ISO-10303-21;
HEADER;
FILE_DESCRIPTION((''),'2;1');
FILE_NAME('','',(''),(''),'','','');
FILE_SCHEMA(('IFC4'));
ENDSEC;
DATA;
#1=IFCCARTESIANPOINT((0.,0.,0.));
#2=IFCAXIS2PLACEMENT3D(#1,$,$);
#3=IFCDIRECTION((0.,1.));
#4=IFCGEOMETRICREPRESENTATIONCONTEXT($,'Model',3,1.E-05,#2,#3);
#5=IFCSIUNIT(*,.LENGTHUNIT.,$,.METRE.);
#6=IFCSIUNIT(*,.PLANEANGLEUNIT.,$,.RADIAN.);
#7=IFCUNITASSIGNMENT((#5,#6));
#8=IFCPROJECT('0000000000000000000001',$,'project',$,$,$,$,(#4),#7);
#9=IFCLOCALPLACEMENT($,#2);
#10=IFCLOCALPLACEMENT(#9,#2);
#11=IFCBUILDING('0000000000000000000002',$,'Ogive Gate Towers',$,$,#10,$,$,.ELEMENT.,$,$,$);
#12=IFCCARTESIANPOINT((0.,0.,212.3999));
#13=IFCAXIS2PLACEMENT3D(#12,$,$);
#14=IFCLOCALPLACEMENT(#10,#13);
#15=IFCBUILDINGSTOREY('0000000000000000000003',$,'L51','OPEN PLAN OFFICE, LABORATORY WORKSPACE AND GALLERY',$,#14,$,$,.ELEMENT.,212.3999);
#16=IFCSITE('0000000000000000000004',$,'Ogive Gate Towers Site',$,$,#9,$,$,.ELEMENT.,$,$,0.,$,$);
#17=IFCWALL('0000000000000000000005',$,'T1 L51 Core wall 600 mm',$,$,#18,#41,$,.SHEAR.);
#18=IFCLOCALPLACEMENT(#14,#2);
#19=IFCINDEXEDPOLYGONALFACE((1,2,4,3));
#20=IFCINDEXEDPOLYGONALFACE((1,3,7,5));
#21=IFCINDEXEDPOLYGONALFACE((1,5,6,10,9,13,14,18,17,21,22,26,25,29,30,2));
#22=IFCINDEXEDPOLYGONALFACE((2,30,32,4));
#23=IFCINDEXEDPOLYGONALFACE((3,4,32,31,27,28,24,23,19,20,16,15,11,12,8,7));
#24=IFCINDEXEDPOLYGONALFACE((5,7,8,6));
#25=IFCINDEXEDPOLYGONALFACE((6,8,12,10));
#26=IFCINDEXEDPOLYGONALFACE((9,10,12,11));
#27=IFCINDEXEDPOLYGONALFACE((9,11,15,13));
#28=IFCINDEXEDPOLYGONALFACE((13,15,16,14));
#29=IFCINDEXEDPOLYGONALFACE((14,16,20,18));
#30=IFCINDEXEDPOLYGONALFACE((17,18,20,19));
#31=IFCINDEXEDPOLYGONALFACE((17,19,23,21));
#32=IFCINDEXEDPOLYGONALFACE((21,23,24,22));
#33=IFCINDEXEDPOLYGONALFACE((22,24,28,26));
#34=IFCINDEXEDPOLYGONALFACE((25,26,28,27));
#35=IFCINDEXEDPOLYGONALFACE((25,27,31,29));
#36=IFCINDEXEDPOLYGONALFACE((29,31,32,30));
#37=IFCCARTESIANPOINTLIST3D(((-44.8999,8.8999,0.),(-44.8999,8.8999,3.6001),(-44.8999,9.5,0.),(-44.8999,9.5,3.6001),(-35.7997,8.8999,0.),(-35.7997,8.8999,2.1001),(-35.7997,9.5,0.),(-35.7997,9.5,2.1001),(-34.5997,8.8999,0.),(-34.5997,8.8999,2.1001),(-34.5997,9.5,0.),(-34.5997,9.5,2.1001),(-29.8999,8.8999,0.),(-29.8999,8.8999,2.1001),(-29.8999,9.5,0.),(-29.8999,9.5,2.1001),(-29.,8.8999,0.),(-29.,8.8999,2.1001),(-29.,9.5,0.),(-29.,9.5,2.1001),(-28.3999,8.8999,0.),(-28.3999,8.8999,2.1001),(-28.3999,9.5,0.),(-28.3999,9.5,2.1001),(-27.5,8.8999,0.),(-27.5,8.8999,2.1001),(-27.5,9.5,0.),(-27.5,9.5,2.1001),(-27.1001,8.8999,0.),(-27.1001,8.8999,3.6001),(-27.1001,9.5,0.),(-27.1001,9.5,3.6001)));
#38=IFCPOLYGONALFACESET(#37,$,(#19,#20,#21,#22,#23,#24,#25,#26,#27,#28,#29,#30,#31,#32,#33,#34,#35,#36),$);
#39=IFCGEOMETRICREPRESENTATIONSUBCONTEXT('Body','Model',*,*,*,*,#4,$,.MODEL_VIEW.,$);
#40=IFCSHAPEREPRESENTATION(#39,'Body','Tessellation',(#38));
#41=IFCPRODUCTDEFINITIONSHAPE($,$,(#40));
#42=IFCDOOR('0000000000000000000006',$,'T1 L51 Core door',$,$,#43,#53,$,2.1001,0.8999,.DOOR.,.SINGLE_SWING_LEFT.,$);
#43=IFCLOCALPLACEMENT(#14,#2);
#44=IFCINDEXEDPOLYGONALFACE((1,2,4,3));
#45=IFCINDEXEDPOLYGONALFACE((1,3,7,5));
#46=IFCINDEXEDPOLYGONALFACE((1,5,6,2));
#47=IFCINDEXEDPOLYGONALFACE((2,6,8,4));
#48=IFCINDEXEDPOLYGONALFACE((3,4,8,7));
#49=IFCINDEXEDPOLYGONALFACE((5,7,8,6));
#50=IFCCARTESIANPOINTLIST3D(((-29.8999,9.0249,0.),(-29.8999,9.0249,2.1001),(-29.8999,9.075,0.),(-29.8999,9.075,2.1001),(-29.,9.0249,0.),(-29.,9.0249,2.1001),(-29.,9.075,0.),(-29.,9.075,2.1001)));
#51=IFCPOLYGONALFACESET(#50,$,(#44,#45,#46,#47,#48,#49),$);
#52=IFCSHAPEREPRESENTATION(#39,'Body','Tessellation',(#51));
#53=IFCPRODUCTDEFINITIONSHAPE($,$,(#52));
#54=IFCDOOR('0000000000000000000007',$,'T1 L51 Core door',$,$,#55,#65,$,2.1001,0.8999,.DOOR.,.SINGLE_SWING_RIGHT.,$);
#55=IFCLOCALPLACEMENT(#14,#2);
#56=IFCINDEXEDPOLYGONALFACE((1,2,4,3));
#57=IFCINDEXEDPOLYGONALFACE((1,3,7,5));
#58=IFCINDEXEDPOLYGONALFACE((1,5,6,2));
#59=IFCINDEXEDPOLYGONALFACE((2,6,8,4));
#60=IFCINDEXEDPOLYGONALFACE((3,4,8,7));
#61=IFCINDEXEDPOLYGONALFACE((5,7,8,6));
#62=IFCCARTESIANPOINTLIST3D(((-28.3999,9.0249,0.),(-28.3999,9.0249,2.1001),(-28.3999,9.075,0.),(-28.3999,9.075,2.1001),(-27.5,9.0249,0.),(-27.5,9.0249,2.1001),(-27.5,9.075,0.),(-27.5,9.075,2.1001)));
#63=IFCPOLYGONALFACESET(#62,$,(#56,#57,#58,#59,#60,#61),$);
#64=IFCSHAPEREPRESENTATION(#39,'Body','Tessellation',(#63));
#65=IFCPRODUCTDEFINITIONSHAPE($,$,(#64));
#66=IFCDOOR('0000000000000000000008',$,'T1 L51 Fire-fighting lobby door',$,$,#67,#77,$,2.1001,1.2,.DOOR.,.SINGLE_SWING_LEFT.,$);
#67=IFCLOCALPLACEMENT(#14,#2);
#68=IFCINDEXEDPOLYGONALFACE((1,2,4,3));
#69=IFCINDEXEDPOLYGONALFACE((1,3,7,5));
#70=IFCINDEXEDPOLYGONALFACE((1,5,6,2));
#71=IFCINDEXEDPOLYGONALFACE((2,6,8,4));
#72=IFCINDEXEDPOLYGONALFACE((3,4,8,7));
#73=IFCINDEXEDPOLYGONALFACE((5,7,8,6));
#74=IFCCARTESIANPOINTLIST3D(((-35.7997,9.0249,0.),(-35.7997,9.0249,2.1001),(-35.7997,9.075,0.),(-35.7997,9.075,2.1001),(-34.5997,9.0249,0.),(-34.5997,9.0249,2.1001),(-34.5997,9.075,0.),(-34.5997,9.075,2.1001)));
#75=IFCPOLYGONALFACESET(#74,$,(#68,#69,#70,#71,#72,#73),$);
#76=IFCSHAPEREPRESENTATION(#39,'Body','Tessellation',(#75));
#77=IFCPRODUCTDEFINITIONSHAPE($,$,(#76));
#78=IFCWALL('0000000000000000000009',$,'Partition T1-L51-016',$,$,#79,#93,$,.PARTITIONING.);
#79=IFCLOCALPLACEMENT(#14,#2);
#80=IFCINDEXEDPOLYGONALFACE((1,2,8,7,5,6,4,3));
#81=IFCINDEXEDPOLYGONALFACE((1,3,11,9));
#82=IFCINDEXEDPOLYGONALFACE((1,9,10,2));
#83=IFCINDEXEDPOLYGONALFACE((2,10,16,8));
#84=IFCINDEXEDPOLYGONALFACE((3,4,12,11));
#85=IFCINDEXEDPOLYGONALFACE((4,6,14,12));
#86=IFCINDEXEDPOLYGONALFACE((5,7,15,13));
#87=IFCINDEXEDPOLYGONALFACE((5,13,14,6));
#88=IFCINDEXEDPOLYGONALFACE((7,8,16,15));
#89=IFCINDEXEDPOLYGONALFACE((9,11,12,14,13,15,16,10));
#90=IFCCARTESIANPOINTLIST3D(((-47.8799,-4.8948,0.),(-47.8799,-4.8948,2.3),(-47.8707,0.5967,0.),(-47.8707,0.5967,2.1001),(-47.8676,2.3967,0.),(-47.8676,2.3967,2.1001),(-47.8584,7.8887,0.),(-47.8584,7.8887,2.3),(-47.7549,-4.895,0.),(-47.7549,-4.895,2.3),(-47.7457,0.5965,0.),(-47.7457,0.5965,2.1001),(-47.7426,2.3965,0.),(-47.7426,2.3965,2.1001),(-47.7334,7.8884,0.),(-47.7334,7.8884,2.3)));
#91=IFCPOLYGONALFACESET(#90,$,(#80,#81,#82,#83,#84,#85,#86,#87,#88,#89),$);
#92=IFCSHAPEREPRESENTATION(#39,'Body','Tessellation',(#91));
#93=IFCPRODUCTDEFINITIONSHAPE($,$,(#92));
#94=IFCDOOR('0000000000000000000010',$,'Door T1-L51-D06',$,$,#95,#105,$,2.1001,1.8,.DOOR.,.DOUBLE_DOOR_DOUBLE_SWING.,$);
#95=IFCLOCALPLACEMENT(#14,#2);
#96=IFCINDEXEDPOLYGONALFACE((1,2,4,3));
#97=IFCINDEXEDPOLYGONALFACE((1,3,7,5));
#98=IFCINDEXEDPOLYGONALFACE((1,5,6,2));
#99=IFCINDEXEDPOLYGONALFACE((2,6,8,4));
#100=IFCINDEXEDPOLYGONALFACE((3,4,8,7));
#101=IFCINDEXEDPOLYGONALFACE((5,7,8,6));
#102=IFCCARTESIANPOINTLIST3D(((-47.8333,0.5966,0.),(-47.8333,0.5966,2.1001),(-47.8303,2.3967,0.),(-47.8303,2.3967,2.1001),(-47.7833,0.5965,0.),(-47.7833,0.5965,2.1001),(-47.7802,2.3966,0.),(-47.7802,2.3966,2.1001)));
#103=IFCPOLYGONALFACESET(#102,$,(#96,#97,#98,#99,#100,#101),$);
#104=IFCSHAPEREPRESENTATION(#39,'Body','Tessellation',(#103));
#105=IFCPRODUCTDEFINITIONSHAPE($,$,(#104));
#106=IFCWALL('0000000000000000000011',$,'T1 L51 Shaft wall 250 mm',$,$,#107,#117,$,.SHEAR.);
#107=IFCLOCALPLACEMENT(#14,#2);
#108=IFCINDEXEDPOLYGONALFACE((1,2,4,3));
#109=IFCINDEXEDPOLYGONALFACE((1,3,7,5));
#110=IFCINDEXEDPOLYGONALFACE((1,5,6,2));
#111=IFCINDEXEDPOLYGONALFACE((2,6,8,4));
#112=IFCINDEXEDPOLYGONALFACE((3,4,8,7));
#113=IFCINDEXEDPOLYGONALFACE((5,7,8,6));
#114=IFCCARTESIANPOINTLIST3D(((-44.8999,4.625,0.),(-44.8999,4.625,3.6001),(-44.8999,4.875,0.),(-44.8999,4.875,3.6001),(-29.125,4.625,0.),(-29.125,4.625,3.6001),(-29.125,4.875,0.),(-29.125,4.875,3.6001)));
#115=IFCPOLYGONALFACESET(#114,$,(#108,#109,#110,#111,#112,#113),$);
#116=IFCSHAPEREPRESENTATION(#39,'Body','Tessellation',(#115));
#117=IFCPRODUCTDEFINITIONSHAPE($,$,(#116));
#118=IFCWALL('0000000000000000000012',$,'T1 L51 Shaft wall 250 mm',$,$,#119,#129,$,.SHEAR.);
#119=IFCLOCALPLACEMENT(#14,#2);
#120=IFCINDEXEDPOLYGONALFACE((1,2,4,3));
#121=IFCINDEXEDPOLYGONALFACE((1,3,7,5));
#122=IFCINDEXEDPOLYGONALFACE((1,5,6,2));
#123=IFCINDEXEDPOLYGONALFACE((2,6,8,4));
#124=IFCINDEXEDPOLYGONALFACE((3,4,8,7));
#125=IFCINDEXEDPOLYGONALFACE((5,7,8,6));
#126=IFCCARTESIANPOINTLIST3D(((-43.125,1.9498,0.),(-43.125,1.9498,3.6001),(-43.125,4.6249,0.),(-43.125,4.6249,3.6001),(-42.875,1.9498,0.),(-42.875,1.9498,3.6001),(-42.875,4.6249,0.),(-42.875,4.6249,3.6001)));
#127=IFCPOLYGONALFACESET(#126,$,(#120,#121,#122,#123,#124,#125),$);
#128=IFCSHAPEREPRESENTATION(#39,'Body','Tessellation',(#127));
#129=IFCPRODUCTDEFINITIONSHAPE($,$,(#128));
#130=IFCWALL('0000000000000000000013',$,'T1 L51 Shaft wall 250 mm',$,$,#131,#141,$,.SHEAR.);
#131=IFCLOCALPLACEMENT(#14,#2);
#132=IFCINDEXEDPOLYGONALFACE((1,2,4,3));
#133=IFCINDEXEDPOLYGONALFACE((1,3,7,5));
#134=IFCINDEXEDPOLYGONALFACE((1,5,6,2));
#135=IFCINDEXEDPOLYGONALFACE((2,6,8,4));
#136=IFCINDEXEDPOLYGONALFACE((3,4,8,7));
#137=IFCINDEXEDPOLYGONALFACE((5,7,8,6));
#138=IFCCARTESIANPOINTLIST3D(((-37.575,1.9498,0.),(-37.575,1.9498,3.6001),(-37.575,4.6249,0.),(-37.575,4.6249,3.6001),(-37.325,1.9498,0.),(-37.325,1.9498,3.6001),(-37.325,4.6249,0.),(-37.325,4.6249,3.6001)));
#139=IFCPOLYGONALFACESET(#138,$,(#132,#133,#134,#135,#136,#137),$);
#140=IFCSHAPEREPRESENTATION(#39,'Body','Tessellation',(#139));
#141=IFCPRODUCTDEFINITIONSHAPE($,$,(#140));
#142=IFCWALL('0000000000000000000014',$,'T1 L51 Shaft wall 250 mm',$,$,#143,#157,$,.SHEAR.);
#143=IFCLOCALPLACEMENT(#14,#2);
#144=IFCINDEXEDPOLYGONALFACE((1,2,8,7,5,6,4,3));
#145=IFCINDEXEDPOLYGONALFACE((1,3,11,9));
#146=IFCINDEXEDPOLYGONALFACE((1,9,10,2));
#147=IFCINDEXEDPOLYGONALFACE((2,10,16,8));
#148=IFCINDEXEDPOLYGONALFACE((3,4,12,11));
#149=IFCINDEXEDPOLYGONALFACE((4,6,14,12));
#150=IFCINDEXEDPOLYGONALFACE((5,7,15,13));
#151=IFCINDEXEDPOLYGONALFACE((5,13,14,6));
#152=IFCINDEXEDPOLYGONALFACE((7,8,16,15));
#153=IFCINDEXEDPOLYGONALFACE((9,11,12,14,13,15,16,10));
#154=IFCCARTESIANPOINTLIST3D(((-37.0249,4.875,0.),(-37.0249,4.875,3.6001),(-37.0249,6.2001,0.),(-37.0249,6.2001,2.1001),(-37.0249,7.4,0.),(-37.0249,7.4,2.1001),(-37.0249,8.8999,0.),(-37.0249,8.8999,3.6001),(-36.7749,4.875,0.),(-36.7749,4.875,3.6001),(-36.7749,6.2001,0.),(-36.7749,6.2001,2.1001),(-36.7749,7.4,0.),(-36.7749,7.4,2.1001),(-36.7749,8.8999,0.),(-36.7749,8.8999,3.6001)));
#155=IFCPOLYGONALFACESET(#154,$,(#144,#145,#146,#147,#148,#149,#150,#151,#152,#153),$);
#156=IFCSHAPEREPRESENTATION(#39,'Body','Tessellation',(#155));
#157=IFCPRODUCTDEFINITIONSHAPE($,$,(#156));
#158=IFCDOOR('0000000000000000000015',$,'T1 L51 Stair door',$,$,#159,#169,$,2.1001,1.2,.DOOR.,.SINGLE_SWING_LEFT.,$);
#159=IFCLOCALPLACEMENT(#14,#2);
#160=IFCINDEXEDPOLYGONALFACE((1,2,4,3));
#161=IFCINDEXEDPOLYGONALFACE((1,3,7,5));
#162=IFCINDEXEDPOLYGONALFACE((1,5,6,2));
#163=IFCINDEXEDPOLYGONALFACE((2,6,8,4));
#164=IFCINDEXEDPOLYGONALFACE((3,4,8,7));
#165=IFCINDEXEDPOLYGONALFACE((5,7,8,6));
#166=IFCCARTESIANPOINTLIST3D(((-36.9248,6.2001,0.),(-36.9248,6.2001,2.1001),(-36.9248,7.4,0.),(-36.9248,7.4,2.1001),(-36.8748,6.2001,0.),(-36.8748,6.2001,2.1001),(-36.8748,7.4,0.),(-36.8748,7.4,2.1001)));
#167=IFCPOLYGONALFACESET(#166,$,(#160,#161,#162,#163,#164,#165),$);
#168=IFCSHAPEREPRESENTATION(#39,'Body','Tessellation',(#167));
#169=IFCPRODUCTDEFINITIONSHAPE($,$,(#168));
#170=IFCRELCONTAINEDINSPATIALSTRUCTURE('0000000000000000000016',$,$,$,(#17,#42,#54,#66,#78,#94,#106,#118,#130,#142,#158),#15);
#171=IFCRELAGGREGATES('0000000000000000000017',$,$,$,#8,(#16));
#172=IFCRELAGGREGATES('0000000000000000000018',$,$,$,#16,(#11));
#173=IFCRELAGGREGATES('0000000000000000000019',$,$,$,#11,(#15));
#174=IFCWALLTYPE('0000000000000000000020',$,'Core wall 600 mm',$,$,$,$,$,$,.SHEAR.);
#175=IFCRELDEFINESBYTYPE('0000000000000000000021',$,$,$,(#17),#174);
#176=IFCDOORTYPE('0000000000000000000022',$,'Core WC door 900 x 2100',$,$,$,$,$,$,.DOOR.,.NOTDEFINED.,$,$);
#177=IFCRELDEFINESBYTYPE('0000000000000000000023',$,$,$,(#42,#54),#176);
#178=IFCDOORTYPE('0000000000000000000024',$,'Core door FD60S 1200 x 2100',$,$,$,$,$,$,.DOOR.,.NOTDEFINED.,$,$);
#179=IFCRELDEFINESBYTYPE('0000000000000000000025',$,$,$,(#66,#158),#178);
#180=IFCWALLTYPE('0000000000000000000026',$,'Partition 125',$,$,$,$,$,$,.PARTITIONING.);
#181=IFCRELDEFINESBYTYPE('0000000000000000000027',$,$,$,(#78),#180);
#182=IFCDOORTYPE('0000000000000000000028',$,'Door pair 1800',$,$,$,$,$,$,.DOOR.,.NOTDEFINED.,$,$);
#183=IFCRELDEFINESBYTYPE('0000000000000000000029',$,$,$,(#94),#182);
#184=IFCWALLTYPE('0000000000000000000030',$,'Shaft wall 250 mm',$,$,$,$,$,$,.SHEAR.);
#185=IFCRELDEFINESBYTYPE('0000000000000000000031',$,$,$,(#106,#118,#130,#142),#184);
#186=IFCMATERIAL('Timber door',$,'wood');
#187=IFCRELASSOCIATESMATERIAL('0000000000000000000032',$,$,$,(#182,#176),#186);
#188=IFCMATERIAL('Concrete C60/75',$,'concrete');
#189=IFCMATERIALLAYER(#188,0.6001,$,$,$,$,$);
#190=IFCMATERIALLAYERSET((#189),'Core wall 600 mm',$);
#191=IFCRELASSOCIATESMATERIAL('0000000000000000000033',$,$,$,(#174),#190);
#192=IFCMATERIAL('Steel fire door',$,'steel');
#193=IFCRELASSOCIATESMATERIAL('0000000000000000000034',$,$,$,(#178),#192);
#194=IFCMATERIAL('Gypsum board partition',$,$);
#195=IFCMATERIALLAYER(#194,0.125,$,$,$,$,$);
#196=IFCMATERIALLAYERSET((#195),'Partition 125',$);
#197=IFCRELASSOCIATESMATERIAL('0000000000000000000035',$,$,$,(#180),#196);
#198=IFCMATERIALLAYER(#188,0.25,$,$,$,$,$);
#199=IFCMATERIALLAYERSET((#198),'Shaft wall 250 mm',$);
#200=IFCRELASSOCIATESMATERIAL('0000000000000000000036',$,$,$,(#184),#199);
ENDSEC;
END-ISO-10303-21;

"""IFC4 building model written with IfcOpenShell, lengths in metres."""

from ifc_helpers import new_model, si_unit, direction, frame, frame_2d, origin, place, context, subcontext, project, spatial, rectangle, extrude, material, layer, layer_set, type_object, element, fill, save


model = new_model("IFC4")

# Units and contexts
model_context = context("Model", 3, precision=1e-05, world=origin(), true_north=direction((0.0, 1.0)))
body_context = subcontext(model_context, "Body", "Model", "MODEL_VIEW")
ifc_project = project(units=[si_unit("LENGTHUNIT", "METRE"), si_unit("PLANEANGLEUNIT", "RADIAN")], contexts=[model_context])

# Site, building, storey
site_placement = place(None, origin())
site = spatial("IfcSite", under=ifc_project, at=site_placement, Name="Ogive Gate Towers Site", CompositionType="ELEMENT", RefElevation=0.0)
building_placement = place(site_placement, origin())
building = spatial("IfcBuilding", under=site, at=building_placement, Name="Ogive Gate Towers", CompositionType="ELEMENT")
storey_placement = place(building_placement, frame((0.0, 0.0, 212.3999)))
storey = spatial("IfcBuildingStorey", under=building, at=storey_placement, Name="L51", Description="OPEN PLAN OFFICE, LABORATORY WORKSPACE AND GALLERY", CompositionType="ELEMENT", Elevation=212.3999)

# Shared definitions
ifc_material_1 = material(Name="Timber door", Category="wood")
door_type_1 = type_object("IfcDoorType", Name="Door pair 1800", OperationType="NOTDEFINED", PredefinedType="DOOR", material=ifc_material_1)

# Wall, openings, doors
ifc_material_2 = material(Name="Concrete C60/75", Category="concrete")
ifc_layer_1 = layer(ifc_material_2, 0.6001)
ifc_layer_set_1 = layer_set([ifc_layer_1], Name="Core wall 600 mm")
wall_type_1 = type_object("IfcWallType", Name="Core wall 600 mm", PredefinedType="SHEAR", material=ifc_layer_set_1)
wall_1_placement = place(storey_placement, frame((-44.8999, 9.2, 0.0), z_axis=(0.0, 0.0, 1.0), x_axis=(1.0, 0.0, 0.0)))
wall_1 = element("IfcWall", 1, at=wall_1_placement, inside=storey, type_object=wall_type_1, Name="T1 L51 Core wall 600 mm", PredefinedType="SHEAR", context=body_context, shape_type="SweptSolid", body=[
    extrude(rectangle(XDim=17.7998, YDim=0.6001, at=frame_2d((8.8999, 0.0))), origin(), (0.0, 0.0, 1.0), 3.6001),
])
opening_1_placement = place(wall_1_placement, frame((9.1001, 0.0, 0.0)))
opening_1 = element("IfcOpeningElement", 2, at=opening_1_placement, cuts=wall_1, PredefinedType="OPENING", context=body_context, shape_type="SweptSolid", body=[
    extrude(rectangle(XDim=1.2, YDim=2.1001, at=frame_2d((0.6001, 1.05))), frame((0.0, 0.3101, 0.0), z_axis=(0.0, -1.0, 0.0), x_axis=(1.0, 0.0, 0.0)), (0.0, 0.0, 1.0), 0.6201),
])
opening_2_placement = place(wall_1_placement, frame((15.0, 0.0, 0.0)))
opening_2 = element("IfcOpeningElement", 3, at=opening_2_placement, cuts=wall_1, PredefinedType="OPENING", context=body_context, shape_type="SweptSolid", body=[
    extrude(rectangle(XDim=0.8999, YDim=2.1001, at=frame_2d((0.45, 1.05))), frame((0.0, 0.3101, 0.0), z_axis=(0.0, -1.0, 0.0), x_axis=(1.0, 0.0, 0.0)), (0.0, 0.0, 1.0), 0.6201),
])
opening_3_placement = place(wall_1_placement, frame((16.5, 0.0, 0.0)))
opening_3 = element("IfcOpeningElement", 4, at=opening_3_placement, cuts=wall_1, PredefinedType="OPENING", context=body_context, shape_type="SweptSolid", body=[
    extrude(rectangle(XDim=0.8999, YDim=2.1001, at=frame_2d((0.45, 1.05))), frame((0.0, 0.3101, 0.0), z_axis=(0.0, -1.0, 0.0), x_axis=(1.0, 0.0, 0.0)), (0.0, 0.0, 1.0), 0.6201),
])
door_type_2 = type_object("IfcDoorType", Name="Core WC door 900 x 2100", OperationType="NOTDEFINED", PredefinedType="DOOR", material=ifc_material_1)
door_1_placement = place(opening_2_placement, origin())
door_1 = element("IfcDoor", 5, at=door_1_placement, inside=storey, type_object=door_type_2, Name="T1 L51 Core door", OperationType="SINGLE_SWING_LEFT", OverallHeight=2.1001, OverallWidth=0.8999, PredefinedType="DOOR", context=body_context, shape_type="SweptSolid", body=[
    extrude(rectangle(XDim=0.8999, YDim=2.1001, at=frame_2d((0.45, 1.05))), frame((0.0, -0.125, 0.0), z_axis=(0.0, -1.0, 0.0), x_axis=(1.0, 0.0, 0.0)), (0.0, 0.0, 1.0), 0.05),
])
fill(opening_2, door_1)
door_2_placement = place(opening_3_placement, origin())
door_2 = element("IfcDoor", 6, at=door_2_placement, inside=storey, type_object=door_type_2, Name="T1 L51 Core door", OperationType="SINGLE_SWING_RIGHT", OverallHeight=2.1001, OverallWidth=0.8999, PredefinedType="DOOR", context=body_context, shape_type="SweptSolid", body=[
    extrude(rectangle(XDim=0.8999, YDim=2.1001, at=frame_2d((0.45, 1.05))), frame((0.0, -0.125, 0.0), z_axis=(0.0, -1.0, 0.0), x_axis=(1.0, 0.0, 0.0)), (0.0, 0.0, 1.0), 0.05),
])
fill(opening_3, door_2)
ifc_material_3 = material(Name="Steel fire door", Category="steel")
door_type_3 = type_object("IfcDoorType", Name="Core door FD60S 1200 x 2100", OperationType="NOTDEFINED", PredefinedType="DOOR", material=ifc_material_3)
door_3_placement = place(opening_1_placement, origin())
door_3 = element("IfcDoor", 7, at=door_3_placement, inside=storey, type_object=door_type_3, Name="T1 L51 Fire-fighting lobby door", OperationType="SINGLE_SWING_LEFT", OverallHeight=2.1001, OverallWidth=1.2, PredefinedType="DOOR", context=body_context, shape_type="SweptSolid", body=[
    extrude(rectangle(XDim=1.2, YDim=2.1001, at=frame_2d((0.6001, 1.05))), frame((0.0, -0.125, 0.0), z_axis=(0.0, -1.0, 0.0), x_axis=(1.0, 0.0, 0.0)), (0.0, 0.0, 1.0), 0.05),
])
fill(opening_1, door_3)

# Wall, opening, door
ifc_material_4 = material(Name="Gypsum board partition")
ifc_layer_2 = layer(ifc_material_4, 0.125)
ifc_layer_set_2 = layer_set([ifc_layer_2], Name="Partition 125")
wall_type_2 = type_object("IfcWallType", Name="Partition 125", PredefinedType="PARTITIONING", material=ifc_layer_set_2)
wall_2_placement = place(storey_placement, frame((-47.7959, 7.8884, 0.0), z_axis=(0.0, 0.0, 1.0), x_axis=(-0.001681, -0.999999, 0.0)))
wall_2 = element("IfcWall", 8, at=wall_2_placement, inside=storey, type_object=wall_type_2, Name="Partition T1-L51-016", PredefinedType="PARTITIONING", context=body_context, shape_type="SweptSolid", body=[
    extrude(rectangle(XDim=12.7834, YDim=0.125, at=frame_2d((6.3916, 0.0))), origin(), (0.0, 0.0, 1.0), 2.3),
])
opening_4_placement = place(wall_2_placement, frame((5.4919, 0.0, 0.0)))
opening_4 = element("IfcOpeningElement", 9, at=opening_4_placement, cuts=wall_2, PredefinedType="OPENING", context=body_context, shape_type="SweptSolid", body=[
    extrude(rectangle(XDim=1.8, YDim=2.1001, at=frame_2d((0.8999, 1.05))), frame((0.0, 0.0725, 0.0), z_axis=(0.0, -1.0, 0.0), x_axis=(1.0, 0.0, 0.0)), (0.0, 0.0, 1.0), 0.145),
])
door_4_placement = place(opening_4_placement, origin())
door_4 = element("IfcDoor", 10, at=door_4_placement, inside=storey, type_object=door_type_1, Name="Door T1-L51-D06", OperationType="DOUBLE_DOOR_DOUBLE_SWING", OverallHeight=2.1001, OverallWidth=1.8, PredefinedType="DOOR", context=body_context, shape_type="SweptSolid", body=[
    extrude(rectangle(XDim=1.8, YDim=2.1001, at=frame_2d((0.8999, 1.05))), frame((0.0, 0.0249, 0.0), z_axis=(0.0, -1.0, 0.0), x_axis=(1.0, 0.0, 0.0)), (0.0, 0.0, 1.0), 0.05),
])
fill(opening_4, door_4)

# Walls
ifc_layer_3 = layer(ifc_material_2, 0.25)
ifc_layer_set_3 = layer_set([ifc_layer_3], Name="Shaft wall 250 mm")
wall_type_3 = type_object("IfcWallType", Name="Shaft wall 250 mm", PredefinedType="SHEAR", material=ifc_layer_set_3)
wall_3_placement = place(storey_placement, frame((-44.8999, 4.75, 0.0), z_axis=(0.0, 0.0, 1.0), x_axis=(1.0, 0.0, 0.0)))
element("IfcWall", 11, at=wall_3_placement, inside=storey, type_object=wall_type_3, Name="T1 L51 Shaft wall 250 mm", PredefinedType="SHEAR", context=body_context, shape_type="SweptSolid", body=[
    extrude(rectangle(XDim=15.7749, YDim=0.25, at=frame_2d((7.8875, 0.0))), origin(), (0.0, 0.0, 1.0), 3.6001),
])
for number, where, z_axis, x_axis, name in (
    (12, (-43.0, 1.95, 0.0), (0.0, 0.0, 1.0), (0.0, 1.0, 0.0), "T1 L51 Shaft wall 250 mm"),
    (13, (-37.45, 1.95, 0.0), (0.0, 0.0, 1.0), (0.0, 1.0, 0.0), "T1 L51 Shaft wall 250 mm"),
):
    element("IfcWall", number, at=place(storey_placement, frame(where, z_axis=z_axis, x_axis=x_axis)), inside=storey, type_object=wall_type_3, Name=name, PredefinedType="SHEAR", context=body_context, shape_type="SweptSolid", body=[
        extrude(rectangle(XDim=2.675, YDim=0.25, at=frame_2d((1.3374, 0.0))), origin(), (0.0, 0.0, 1.0), 3.6001),
    ])

# Wall, opening, door
wall_4_placement = place(storey_placement, frame((-36.8999, 4.875, 0.0), z_axis=(0.0, 0.0, 1.0), x_axis=(0.0, 1.0, 0.0)))
wall_4 = element("IfcWall", 14, at=wall_4_placement, inside=storey, type_object=wall_type_3, Name="T1 L51 Shaft wall 250 mm", PredefinedType="SHEAR", context=body_context, shape_type="SweptSolid", body=[
    extrude(rectangle(XDim=4.0249, YDim=0.25, at=frame_2d((2.0125, 0.0))), origin(), (0.0, 0.0, 1.0), 3.6001),
])
opening_5_placement = place(wall_4_placement, frame((1.325, 0.0, 0.0)))
opening_5 = element("IfcOpeningElement", 15, at=opening_5_placement, cuts=wall_4, PredefinedType="OPENING", context=body_context, shape_type="SweptSolid", body=[
    extrude(rectangle(XDim=1.2, YDim=2.1001, at=frame_2d((0.6001, 1.05))), frame((0.0, 0.135, 0.0), z_axis=(0.0, -1.0, 0.0), x_axis=(1.0, 0.0, 0.0)), (0.0, 0.0, 1.0), 0.27),
])
door_5_placement = place(opening_5_placement, origin())
door_5 = element("IfcDoor", 16, at=door_5_placement, inside=storey, type_object=door_type_3, Name="T1 L51 Stair door", OperationType="SINGLE_SWING_LEFT", OverallHeight=2.1001, OverallWidth=1.2, PredefinedType="DOOR", context=body_context, shape_type="SweptSolid", body=[
    extrude(rectangle(XDim=1.2, YDim=2.1001, at=frame_2d((0.6001, 1.05))), frame((0.0, 0.0249, 0.0), z_axis=(0.0, -1.0, 0.0), x_axis=(1.0, 0.0, 0.0)), (0.0, 0.0, 1.0), 0.05),
])
fill(opening_5, door_5)

save(model, "model.ifc")
